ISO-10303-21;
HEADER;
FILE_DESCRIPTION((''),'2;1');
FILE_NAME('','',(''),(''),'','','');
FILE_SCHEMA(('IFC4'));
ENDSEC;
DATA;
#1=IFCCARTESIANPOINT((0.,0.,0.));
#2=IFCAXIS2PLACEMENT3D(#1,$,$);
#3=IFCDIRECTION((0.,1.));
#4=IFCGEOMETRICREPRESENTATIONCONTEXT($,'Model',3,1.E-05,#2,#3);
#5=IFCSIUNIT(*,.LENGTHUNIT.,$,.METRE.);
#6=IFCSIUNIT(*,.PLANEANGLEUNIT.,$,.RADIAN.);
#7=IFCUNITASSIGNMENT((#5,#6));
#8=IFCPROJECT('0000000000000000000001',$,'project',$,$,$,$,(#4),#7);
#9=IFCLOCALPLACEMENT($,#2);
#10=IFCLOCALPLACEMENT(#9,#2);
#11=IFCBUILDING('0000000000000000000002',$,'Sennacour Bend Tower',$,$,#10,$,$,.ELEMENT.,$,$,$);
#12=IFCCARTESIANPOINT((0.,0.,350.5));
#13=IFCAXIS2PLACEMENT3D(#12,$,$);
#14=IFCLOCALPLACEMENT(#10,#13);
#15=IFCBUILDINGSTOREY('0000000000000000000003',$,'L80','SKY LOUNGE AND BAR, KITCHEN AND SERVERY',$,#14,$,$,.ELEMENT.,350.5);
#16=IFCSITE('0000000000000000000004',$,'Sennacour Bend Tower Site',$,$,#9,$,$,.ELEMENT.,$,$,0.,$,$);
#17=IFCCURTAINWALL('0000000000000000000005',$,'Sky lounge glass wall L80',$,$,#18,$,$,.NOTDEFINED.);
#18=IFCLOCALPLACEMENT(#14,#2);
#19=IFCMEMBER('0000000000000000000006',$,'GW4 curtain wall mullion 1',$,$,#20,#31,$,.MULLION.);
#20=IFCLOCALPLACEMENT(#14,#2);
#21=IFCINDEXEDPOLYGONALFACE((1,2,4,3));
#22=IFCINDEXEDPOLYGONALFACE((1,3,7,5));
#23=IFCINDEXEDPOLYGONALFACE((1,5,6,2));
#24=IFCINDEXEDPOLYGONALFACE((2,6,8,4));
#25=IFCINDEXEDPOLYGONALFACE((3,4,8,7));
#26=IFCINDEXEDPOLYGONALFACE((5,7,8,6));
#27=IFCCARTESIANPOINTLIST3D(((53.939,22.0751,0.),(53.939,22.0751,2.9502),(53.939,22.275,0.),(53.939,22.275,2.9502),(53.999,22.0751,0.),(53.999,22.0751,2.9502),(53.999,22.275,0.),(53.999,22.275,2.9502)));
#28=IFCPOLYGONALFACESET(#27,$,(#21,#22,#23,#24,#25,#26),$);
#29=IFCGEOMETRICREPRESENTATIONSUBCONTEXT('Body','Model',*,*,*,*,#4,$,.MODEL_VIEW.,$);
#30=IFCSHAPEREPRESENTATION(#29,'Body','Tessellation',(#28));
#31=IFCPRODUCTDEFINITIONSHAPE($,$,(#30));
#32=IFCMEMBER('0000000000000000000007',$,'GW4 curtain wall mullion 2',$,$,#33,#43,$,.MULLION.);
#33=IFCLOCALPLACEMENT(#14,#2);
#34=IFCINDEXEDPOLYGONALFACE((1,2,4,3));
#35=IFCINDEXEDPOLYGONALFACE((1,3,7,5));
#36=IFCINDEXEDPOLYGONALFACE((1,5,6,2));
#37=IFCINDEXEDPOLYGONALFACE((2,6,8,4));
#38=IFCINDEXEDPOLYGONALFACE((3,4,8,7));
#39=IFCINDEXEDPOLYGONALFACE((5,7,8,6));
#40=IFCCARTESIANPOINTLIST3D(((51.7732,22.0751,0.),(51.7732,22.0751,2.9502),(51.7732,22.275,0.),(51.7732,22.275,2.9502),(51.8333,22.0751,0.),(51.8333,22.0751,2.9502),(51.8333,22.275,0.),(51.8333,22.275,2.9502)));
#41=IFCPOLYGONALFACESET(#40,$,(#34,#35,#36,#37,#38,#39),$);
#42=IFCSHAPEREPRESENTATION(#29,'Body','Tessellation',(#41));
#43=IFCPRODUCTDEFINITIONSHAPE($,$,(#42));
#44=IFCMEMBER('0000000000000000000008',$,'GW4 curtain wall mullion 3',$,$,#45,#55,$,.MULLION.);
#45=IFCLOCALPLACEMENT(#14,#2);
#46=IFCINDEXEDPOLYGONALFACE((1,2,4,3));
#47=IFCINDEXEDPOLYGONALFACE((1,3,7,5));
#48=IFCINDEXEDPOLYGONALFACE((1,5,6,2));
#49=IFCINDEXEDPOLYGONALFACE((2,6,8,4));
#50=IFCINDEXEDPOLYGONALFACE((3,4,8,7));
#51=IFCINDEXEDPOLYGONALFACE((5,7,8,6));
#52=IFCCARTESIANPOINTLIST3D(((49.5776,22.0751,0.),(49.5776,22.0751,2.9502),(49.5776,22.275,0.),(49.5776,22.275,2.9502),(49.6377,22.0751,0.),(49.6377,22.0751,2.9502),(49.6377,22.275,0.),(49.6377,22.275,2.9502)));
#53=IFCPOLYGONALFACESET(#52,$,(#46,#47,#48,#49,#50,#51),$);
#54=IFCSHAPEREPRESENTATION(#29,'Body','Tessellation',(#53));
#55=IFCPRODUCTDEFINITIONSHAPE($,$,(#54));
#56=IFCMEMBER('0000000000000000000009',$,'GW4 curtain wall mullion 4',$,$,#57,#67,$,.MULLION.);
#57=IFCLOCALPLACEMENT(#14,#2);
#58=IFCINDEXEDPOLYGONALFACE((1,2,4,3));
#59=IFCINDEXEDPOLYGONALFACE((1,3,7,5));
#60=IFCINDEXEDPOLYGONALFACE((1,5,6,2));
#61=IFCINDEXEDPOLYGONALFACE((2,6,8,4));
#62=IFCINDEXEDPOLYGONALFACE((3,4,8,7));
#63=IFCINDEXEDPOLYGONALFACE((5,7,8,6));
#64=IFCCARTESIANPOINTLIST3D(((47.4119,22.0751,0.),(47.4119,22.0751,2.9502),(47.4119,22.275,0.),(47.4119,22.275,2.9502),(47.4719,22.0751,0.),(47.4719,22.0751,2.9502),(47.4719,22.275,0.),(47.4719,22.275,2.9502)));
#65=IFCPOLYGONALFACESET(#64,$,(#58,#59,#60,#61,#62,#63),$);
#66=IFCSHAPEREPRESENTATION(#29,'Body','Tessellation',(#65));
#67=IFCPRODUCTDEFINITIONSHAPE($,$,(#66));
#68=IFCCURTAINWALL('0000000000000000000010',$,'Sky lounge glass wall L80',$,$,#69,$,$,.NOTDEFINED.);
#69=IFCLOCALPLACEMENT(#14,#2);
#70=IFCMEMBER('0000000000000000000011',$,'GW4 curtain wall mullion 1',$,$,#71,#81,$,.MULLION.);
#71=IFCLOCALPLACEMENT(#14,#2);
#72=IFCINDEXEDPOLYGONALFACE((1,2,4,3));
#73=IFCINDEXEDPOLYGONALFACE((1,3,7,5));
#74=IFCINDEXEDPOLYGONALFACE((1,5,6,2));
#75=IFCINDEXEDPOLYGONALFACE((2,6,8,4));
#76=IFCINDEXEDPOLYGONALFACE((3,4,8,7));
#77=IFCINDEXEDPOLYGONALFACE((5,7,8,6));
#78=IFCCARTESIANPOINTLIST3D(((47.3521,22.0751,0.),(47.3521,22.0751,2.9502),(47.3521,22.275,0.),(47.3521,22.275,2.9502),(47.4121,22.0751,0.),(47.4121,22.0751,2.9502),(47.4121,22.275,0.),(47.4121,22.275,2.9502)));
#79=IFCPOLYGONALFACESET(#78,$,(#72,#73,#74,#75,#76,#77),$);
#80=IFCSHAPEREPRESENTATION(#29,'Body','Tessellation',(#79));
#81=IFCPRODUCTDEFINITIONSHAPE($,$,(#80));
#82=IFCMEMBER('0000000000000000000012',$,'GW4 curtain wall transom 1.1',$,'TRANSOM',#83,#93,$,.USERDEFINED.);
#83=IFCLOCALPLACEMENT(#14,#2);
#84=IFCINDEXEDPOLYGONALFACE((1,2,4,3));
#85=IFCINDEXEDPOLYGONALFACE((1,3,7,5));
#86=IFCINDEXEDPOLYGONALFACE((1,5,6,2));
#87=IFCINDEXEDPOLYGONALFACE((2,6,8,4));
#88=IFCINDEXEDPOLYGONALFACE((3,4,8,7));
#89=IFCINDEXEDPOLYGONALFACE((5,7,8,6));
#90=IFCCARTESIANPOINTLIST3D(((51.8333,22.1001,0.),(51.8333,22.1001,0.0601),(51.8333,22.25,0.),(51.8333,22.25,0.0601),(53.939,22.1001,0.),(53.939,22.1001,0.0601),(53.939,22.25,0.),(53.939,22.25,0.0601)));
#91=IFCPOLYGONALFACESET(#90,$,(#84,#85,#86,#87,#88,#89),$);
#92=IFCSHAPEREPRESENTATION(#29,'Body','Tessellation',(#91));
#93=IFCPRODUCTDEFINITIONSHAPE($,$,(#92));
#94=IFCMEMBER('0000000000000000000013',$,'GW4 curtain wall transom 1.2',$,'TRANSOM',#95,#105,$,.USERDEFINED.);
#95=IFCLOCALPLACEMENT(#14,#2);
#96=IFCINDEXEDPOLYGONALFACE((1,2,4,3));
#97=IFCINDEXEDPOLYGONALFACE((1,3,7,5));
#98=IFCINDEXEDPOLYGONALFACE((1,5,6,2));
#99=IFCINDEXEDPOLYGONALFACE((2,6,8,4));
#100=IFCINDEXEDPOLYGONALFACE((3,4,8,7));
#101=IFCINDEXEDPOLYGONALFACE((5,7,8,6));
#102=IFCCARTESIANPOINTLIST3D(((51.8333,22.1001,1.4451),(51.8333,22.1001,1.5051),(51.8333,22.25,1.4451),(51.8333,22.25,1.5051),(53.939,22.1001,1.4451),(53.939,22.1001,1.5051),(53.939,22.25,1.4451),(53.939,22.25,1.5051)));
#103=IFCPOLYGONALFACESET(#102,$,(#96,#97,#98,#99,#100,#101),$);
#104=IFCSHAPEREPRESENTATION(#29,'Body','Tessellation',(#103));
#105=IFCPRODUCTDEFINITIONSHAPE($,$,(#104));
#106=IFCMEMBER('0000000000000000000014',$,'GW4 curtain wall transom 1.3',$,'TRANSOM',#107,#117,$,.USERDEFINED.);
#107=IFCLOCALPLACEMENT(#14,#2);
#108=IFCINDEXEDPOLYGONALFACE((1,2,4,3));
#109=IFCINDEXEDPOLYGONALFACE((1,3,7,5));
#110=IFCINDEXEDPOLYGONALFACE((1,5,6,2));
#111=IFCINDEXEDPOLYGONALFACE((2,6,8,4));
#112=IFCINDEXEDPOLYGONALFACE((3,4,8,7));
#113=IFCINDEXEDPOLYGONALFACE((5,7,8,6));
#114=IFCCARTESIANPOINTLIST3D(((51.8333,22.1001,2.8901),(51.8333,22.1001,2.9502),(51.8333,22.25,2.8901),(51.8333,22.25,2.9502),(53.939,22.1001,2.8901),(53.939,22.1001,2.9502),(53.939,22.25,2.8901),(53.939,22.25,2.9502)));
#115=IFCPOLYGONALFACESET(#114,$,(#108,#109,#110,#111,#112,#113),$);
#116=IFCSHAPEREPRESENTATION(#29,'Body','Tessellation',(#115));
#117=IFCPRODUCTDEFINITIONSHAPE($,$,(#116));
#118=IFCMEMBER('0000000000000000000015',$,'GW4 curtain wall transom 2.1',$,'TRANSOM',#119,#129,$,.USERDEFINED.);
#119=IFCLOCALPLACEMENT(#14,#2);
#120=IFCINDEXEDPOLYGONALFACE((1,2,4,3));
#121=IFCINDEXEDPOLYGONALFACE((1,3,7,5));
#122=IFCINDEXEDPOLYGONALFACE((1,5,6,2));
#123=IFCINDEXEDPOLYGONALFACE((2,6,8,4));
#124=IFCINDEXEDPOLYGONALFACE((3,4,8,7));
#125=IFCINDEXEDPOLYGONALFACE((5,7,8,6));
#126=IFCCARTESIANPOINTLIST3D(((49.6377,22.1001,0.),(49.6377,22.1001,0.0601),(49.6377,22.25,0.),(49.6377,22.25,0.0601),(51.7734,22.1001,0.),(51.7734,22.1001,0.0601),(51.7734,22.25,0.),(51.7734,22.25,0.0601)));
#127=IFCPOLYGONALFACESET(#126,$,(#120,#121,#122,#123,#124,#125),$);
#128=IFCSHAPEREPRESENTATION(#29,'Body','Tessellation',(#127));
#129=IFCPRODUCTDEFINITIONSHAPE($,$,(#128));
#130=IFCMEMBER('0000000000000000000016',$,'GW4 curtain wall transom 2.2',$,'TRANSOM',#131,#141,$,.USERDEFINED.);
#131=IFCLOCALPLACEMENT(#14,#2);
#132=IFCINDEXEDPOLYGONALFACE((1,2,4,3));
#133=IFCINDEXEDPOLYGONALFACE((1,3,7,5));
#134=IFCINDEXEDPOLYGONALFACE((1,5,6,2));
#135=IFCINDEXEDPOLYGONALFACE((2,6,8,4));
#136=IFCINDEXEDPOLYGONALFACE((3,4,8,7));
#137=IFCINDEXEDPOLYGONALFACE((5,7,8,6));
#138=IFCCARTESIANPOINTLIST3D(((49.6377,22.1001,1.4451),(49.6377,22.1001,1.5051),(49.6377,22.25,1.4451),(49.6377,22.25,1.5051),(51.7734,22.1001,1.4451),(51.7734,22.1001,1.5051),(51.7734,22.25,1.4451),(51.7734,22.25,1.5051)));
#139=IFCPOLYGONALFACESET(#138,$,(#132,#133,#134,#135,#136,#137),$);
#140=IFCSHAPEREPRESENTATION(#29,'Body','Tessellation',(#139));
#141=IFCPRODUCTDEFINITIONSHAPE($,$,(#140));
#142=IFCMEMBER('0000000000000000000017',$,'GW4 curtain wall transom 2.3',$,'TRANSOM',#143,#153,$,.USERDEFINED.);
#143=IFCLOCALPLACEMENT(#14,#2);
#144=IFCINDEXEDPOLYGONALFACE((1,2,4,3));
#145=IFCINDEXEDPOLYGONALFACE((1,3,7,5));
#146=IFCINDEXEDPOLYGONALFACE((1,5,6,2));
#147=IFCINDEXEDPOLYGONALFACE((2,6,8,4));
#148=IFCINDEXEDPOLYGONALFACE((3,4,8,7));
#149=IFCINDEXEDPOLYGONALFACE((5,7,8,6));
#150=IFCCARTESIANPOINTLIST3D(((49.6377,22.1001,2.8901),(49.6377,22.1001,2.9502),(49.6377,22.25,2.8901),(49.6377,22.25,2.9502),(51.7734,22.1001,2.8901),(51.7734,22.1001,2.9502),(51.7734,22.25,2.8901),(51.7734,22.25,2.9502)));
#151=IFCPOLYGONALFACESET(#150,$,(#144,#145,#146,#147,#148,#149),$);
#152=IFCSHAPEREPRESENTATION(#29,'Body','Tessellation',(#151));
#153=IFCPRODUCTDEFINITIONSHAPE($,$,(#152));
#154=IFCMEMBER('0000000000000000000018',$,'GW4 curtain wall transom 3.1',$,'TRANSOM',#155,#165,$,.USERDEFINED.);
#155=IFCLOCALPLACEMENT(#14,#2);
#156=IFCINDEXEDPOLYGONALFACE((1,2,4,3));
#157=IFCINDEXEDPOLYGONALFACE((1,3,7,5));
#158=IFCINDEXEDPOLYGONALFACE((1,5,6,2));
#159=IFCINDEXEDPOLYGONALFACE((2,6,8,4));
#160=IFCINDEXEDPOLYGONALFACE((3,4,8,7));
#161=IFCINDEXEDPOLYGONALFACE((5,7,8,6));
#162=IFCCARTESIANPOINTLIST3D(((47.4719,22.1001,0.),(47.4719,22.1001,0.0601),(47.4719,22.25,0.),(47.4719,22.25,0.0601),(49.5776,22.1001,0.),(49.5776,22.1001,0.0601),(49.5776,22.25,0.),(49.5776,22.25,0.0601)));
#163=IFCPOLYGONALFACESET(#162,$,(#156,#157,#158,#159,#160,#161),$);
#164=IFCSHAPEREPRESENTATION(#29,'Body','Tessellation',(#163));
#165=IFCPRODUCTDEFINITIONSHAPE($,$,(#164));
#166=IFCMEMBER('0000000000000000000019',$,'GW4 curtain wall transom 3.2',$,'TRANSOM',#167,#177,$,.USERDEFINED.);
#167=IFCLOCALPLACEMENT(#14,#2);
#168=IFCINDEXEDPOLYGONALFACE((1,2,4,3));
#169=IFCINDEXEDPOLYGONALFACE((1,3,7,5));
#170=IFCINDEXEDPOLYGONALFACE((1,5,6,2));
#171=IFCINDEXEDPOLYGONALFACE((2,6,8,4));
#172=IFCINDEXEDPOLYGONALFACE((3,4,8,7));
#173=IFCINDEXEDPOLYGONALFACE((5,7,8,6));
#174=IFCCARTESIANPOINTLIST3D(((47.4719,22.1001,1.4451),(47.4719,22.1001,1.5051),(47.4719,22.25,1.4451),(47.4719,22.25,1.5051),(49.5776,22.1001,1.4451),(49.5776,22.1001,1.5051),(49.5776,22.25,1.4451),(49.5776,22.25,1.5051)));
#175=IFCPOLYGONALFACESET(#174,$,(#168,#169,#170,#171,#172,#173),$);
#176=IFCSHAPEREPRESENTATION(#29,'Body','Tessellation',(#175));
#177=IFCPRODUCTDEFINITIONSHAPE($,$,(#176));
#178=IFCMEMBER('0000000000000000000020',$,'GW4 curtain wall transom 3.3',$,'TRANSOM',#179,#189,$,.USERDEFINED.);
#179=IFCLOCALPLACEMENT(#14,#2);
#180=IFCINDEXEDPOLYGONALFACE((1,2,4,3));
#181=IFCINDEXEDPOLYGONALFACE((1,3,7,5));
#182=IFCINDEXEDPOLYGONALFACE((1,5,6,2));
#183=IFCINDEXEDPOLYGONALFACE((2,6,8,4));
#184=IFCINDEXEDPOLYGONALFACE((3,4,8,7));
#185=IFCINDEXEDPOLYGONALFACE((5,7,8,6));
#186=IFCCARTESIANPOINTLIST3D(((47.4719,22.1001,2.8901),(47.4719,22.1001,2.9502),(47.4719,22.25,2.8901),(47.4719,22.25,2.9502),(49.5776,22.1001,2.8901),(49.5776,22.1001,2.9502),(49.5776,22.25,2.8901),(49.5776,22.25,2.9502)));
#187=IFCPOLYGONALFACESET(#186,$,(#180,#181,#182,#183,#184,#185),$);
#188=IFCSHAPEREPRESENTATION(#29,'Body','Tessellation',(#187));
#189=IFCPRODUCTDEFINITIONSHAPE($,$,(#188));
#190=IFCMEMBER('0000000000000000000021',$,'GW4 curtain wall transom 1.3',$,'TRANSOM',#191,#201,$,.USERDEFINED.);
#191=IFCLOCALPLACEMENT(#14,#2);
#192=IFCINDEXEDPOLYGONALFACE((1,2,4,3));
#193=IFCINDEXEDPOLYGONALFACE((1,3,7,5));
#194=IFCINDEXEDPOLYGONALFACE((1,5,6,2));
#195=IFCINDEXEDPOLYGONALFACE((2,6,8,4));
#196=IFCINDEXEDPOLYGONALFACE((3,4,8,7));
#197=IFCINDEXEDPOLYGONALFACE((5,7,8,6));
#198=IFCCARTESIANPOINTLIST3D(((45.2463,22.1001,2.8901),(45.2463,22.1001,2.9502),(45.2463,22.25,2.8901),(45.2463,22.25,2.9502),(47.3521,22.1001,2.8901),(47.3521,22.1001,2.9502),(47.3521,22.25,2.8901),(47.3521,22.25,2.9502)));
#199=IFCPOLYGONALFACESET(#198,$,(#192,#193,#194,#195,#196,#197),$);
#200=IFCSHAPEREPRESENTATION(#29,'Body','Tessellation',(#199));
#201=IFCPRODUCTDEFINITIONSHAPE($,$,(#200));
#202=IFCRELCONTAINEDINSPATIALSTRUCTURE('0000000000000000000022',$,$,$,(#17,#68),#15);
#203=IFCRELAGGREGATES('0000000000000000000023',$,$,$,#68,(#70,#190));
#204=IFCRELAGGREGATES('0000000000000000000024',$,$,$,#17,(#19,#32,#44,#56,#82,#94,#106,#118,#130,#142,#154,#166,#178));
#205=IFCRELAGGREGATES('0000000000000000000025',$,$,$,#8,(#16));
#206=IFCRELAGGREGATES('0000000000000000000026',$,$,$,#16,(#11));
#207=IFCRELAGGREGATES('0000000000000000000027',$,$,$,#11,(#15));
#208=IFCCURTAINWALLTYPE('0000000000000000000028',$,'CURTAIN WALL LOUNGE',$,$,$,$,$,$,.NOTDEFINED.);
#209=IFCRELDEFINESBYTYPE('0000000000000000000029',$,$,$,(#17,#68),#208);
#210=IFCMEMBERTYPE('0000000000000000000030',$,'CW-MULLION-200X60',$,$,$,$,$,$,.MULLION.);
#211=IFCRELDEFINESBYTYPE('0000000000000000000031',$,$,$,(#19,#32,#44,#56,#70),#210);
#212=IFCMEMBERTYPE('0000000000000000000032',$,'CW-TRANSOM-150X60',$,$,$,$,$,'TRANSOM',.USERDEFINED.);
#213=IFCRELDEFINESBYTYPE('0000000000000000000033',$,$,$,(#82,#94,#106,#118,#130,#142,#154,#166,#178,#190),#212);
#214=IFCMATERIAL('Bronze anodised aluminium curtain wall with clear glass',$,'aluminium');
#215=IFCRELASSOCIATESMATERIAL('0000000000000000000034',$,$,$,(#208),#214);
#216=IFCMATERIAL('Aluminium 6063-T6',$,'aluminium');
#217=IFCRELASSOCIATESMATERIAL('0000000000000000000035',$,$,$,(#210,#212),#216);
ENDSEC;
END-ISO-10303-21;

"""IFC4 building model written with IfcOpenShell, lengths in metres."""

from ifc_helpers import new_model, si_unit, direction, frame, origin, origin_2d, place, context, subcontext, project, spatial, rectangle, extrude, material, material_profile, profile_set, type_object, element, aggregate, save


model = new_model("IFC4")

# Units and contexts
model_context = context("Model", 3, precision=1e-05, world=origin(), true_north=direction((0.0, 1.0)))
body_context = subcontext(model_context, "Body", "Model", "MODEL_VIEW")
ifc_project = project(units=[si_unit("LENGTHUNIT", "METRE"), si_unit("PLANEANGLEUNIT", "RADIAN")], contexts=[model_context])

# Site, building, storey
site_placement = place(None, origin())
site = spatial("IfcSite", under=ifc_project, at=site_placement, Name="Sennacour Bend Tower Site", CompositionType="ELEMENT", RefElevation=0.0)
building_placement = place(site_placement, origin())
building = spatial("IfcBuilding", under=site, at=building_placement, Name="Sennacour Bend Tower", CompositionType="ELEMENT")
storey_placement = place(building_placement, frame((0.0, 0.0, 350.5)))
storey = spatial("IfcBuildingStorey", under=building, at=storey_placement, Name="L80", Description="SKY LOUNGE AND BAR, KITCHEN AND SERVERY", CompositionType="ELEMENT", Elevation=350.5)

# Curtain wall, members
ifc_material_1 = material(Name="Bronze anodised aluminium curtain wall with clear glass", Category="aluminium")
curtain_wall_type = type_object("IfcCurtainWallType", Name="CURTAIN WALL LOUNGE", PredefinedType="NOTDEFINED", material=ifc_material_1)
curtain_wall_1_placement = place(storey_placement, origin())
curtain_wall_1 = element("IfcCurtainWall", 1, at=curtain_wall_1_placement, inside=storey, type_object=curtain_wall_type, Name="Sky lounge glass wall L80", PredefinedType="NOTDEFINED")
ifc_material_2 = material(Name="Aluminium 6063-T6", Category="aluminium")
ifc_material_profile_1 = material_profile(ifc_material_2, rectangle(XDim=0.2, YDim=0.0601, at=origin_2d()), Name="Aluminium 6063-T6", Category="aluminium")
ifc_profile_set_1 = profile_set([ifc_material_profile_1], Name="Aluminium 6063-T6")
member_type_1 = type_object("IfcMemberType", Name="CW-MULLION-200X60", PredefinedType="MULLION", material=ifc_profile_set_1)
member_1_placement = place(storey_placement, frame((53.969, 22.175, 0.0), z_axis=(0.0, 0.0, 1.0), x_axis=(0.0, -1.0, 0.0)))
member_1 = element("IfcMember", 2, at=member_1_placement, type_object=member_type_1, Name="GW4 curtain wall mullion 1", PredefinedType="MULLION", context=body_context, shape_type="SweptSolid", body=[
    extrude(rectangle(XDim=0.2, YDim=0.0601, at=origin_2d()), origin(), (0.0, 0.0, 1.0), 2.9502),
])
member_2_placement = place(storey_placement, frame((51.8032, 22.175, 0.0), z_axis=(0.0, 0.0, 1.0), x_axis=(0.0, -1.0, 0.0)))
member_2 = element("IfcMember", 3, at=member_2_placement, type_object=member_type_1, Name="GW4 curtain wall mullion 2", PredefinedType="MULLION", context=body_context, shape_type="SweptSolid", body=[
    extrude(rectangle(XDim=0.2, YDim=0.0601, at=origin_2d()), origin(), (0.0, 0.0, 1.0), 2.9502),
])
member_3_placement = place(storey_placement, frame((49.6077, 22.175, 0.0), z_axis=(0.0, 0.0, 1.0), x_axis=(0.0, -1.0, 0.0)))
member_3 = element("IfcMember", 4, at=member_3_placement, type_object=member_type_1, Name="GW4 curtain wall mullion 3", PredefinedType="MULLION", context=body_context, shape_type="SweptSolid", body=[
    extrude(rectangle(XDim=0.2, YDim=0.0601, at=origin_2d()), origin(), (0.0, 0.0, 1.0), 2.9502),
])
member_4_placement = place(storey_placement, frame((47.4419, 22.175, 0.0), z_axis=(0.0, 0.0, 1.0), x_axis=(0.0, -1.0, 0.0)))
member_4 = element("IfcMember", 5, at=member_4_placement, type_object=member_type_1, Name="GW4 curtain wall mullion 4", PredefinedType="MULLION", context=body_context, shape_type="SweptSolid", body=[
    extrude(rectangle(XDim=0.2, YDim=0.0601, at=origin_2d()), origin(), (0.0, 0.0, 1.0), 2.9502),
])

# Curtain wall, member
curtain_wall_2_placement = place(storey_placement, origin())
curtain_wall_2 = element("IfcCurtainWall", 6, at=curtain_wall_2_placement, inside=storey, type_object=curtain_wall_type, Name="Sky lounge glass wall L80", PredefinedType="NOTDEFINED")
member_5_placement = place(storey_placement, frame((47.3821, 22.175, 0.0), z_axis=(0.0, 0.0, 1.0), x_axis=(0.0, -1.0, 0.0)))
member_5 = element("IfcMember", 7, at=member_5_placement, type_object=member_type_1, Name="GW4 curtain wall mullion 1", PredefinedType="MULLION", context=body_context, shape_type="SweptSolid", body=[
    extrude(rectangle(XDim=0.2, YDim=0.0601, at=origin_2d()), origin(), (0.0, 0.0, 1.0), 2.9502),
])

# Members
ifc_material_profile_2 = material_profile(ifc_material_2, rectangle(XDim=0.1499, YDim=0.0601, at=origin_2d()), Name="Aluminium 6063-T6", Category="aluminium")
ifc_profile_set_2 = profile_set([ifc_material_profile_2], Name="Aluminium 6063-T6")
member_type_2 = type_object("IfcMemberType", Name="CW-TRANSOM-150X60", ElementType="TRANSOM", PredefinedType="USERDEFINED", material=ifc_profile_set_2)
member_6_placement = place(storey_placement, frame((53.939, 22.175, 0.03), z_axis=(-1.0, 0.0, 0.0), x_axis=(0.0, -1.0, 0.0)))
member_6 = element("IfcMember", 8, at=member_6_placement, type_object=member_type_2, Name="GW4 curtain wall transom 1.1", ObjectType="TRANSOM", PredefinedType="USERDEFINED", context=body_context, shape_type="SweptSolid", body=[
    extrude(rectangle(XDim=0.1499, YDim=0.0601, at=origin_2d()), origin(), (0.0, 0.0, 1.0), 2.1057),
])
member_7_placement = place(storey_placement, frame((53.939, 22.175, 1.4751), z_axis=(-1.0, 0.0, 0.0), x_axis=(0.0, -1.0, 0.0)))
member_7 = element("IfcMember", 9, at=member_7_placement, type_object=member_type_2, Name="GW4 curtain wall transom 1.2", ObjectType="TRANSOM", PredefinedType="USERDEFINED", context=body_context, shape_type="SweptSolid", body=[
    extrude(rectangle(XDim=0.1499, YDim=0.0601, at=origin_2d()), origin(), (0.0, 0.0, 1.0), 2.1057),
])
member_8_placement = place(storey_placement, frame((53.939, 22.175, 2.9202), z_axis=(-1.0, 0.0, 0.0), x_axis=(0.0, -1.0, 0.0)))
member_8 = element("IfcMember", 10, at=member_8_placement, type_object=member_type_2, Name="GW4 curtain wall transom 1.3", ObjectType="TRANSOM", PredefinedType="USERDEFINED", context=body_context, shape_type="SweptSolid", body=[
    extrude(rectangle(XDim=0.1499, YDim=0.0601, at=origin_2d()), origin(), (0.0, 0.0, 1.0), 2.1057),
])
member_9_placement = place(storey_placement, frame((51.7734, 22.175, 0.03), z_axis=(-1.0, 0.0, 0.0), x_axis=(0.0, -1.0, 0.0)))
member_9 = element("IfcMember", 11, at=member_9_placement, type_object=member_type_2, Name="GW4 curtain wall transom 2.1", ObjectType="TRANSOM", PredefinedType="USERDEFINED", context=body_context, shape_type="SweptSolid", body=[
    extrude(rectangle(XDim=0.1499, YDim=0.0601, at=origin_2d()), origin(), (0.0, 0.0, 1.0), 2.1357),
])
member_10_placement = place(storey_placement, frame((51.7734, 22.175, 1.4751), z_axis=(-1.0, 0.0, 0.0), x_axis=(0.0, -1.0, 0.0)))
member_10 = element("IfcMember", 12, at=member_10_placement, type_object=member_type_2, Name="GW4 curtain wall transom 2.2", ObjectType="TRANSOM", PredefinedType="USERDEFINED", context=body_context, shape_type="SweptSolid", body=[
    extrude(rectangle(XDim=0.1499, YDim=0.0601, at=origin_2d()), origin(), (0.0, 0.0, 1.0), 2.1357),
])
member_11_placement = place(storey_placement, frame((51.7734, 22.175, 2.9202), z_axis=(-1.0, 0.0, 0.0), x_axis=(0.0, -1.0, 0.0)))
member_11 = element("IfcMember", 13, at=member_11_placement, type_object=member_type_2, Name="GW4 curtain wall transom 2.3", ObjectType="TRANSOM", PredefinedType="USERDEFINED", context=body_context, shape_type="SweptSolid", body=[
    extrude(rectangle(XDim=0.1499, YDim=0.0601, at=origin_2d()), origin(), (0.0, 0.0, 1.0), 2.1357),
])
member_12_placement = place(storey_placement, frame((49.5776, 22.175, 0.03), z_axis=(-1.0, 0.0, 0.0), x_axis=(0.0, -1.0, 0.0)))
member_12 = element("IfcMember", 14, at=member_12_placement, type_object=member_type_2, Name="GW4 curtain wall transom 3.1", ObjectType="TRANSOM", PredefinedType="USERDEFINED", context=body_context, shape_type="SweptSolid", body=[
    extrude(rectangle(XDim=0.1499, YDim=0.0601, at=origin_2d()), origin(), (0.0, 0.0, 1.0), 2.1057),
])
member_13_placement = place(storey_placement, frame((49.5776, 22.175, 1.4751), z_axis=(-1.0, 0.0, 0.0), x_axis=(0.0, -1.0, 0.0)))
member_13 = element("IfcMember", 15, at=member_13_placement, type_object=member_type_2, Name="GW4 curtain wall transom 3.2", ObjectType="TRANSOM", PredefinedType="USERDEFINED", context=body_context, shape_type="SweptSolid", body=[
    extrude(rectangle(XDim=0.1499, YDim=0.0601, at=origin_2d()), origin(), (0.0, 0.0, 1.0), 2.1057),
])
member_14_placement = place(storey_placement, frame((49.5776, 22.175, 2.9202), z_axis=(-1.0, 0.0, 0.0), x_axis=(0.0, -1.0, 0.0)))
member_14 = element("IfcMember", 16, at=member_14_placement, type_object=member_type_2, Name="GW4 curtain wall transom 3.3", ObjectType="TRANSOM", PredefinedType="USERDEFINED", context=body_context, shape_type="SweptSolid", body=[
    extrude(rectangle(XDim=0.1499, YDim=0.0601, at=origin_2d()), origin(), (0.0, 0.0, 1.0), 2.1057),
])
member_15_placement = place(storey_placement, frame((47.3521, 22.175, 2.9202), z_axis=(-1.0, 0.0, 0.0), x_axis=(0.0, -1.0, 0.0)))
member_15 = element("IfcMember", 17, at=member_15_placement, type_object=member_type_2, Name="GW4 curtain wall transom 1.3", ObjectType="TRANSOM", PredefinedType="USERDEFINED", context=body_context, shape_type="SweptSolid", body=[
    extrude(rectangle(XDim=0.1499, YDim=0.0601, at=origin_2d()), origin(), (0.0, 0.0, 1.0), 2.1057),
])
aggregate(curtain_wall_2, [member_5, member_15])

aggregate(curtain_wall_1, [member_1, member_2, member_3, member_4, member_6, member_7, member_8, member_9, member_10, member_11, member_12, member_13, member_14])

save(model, "model.ifc")
